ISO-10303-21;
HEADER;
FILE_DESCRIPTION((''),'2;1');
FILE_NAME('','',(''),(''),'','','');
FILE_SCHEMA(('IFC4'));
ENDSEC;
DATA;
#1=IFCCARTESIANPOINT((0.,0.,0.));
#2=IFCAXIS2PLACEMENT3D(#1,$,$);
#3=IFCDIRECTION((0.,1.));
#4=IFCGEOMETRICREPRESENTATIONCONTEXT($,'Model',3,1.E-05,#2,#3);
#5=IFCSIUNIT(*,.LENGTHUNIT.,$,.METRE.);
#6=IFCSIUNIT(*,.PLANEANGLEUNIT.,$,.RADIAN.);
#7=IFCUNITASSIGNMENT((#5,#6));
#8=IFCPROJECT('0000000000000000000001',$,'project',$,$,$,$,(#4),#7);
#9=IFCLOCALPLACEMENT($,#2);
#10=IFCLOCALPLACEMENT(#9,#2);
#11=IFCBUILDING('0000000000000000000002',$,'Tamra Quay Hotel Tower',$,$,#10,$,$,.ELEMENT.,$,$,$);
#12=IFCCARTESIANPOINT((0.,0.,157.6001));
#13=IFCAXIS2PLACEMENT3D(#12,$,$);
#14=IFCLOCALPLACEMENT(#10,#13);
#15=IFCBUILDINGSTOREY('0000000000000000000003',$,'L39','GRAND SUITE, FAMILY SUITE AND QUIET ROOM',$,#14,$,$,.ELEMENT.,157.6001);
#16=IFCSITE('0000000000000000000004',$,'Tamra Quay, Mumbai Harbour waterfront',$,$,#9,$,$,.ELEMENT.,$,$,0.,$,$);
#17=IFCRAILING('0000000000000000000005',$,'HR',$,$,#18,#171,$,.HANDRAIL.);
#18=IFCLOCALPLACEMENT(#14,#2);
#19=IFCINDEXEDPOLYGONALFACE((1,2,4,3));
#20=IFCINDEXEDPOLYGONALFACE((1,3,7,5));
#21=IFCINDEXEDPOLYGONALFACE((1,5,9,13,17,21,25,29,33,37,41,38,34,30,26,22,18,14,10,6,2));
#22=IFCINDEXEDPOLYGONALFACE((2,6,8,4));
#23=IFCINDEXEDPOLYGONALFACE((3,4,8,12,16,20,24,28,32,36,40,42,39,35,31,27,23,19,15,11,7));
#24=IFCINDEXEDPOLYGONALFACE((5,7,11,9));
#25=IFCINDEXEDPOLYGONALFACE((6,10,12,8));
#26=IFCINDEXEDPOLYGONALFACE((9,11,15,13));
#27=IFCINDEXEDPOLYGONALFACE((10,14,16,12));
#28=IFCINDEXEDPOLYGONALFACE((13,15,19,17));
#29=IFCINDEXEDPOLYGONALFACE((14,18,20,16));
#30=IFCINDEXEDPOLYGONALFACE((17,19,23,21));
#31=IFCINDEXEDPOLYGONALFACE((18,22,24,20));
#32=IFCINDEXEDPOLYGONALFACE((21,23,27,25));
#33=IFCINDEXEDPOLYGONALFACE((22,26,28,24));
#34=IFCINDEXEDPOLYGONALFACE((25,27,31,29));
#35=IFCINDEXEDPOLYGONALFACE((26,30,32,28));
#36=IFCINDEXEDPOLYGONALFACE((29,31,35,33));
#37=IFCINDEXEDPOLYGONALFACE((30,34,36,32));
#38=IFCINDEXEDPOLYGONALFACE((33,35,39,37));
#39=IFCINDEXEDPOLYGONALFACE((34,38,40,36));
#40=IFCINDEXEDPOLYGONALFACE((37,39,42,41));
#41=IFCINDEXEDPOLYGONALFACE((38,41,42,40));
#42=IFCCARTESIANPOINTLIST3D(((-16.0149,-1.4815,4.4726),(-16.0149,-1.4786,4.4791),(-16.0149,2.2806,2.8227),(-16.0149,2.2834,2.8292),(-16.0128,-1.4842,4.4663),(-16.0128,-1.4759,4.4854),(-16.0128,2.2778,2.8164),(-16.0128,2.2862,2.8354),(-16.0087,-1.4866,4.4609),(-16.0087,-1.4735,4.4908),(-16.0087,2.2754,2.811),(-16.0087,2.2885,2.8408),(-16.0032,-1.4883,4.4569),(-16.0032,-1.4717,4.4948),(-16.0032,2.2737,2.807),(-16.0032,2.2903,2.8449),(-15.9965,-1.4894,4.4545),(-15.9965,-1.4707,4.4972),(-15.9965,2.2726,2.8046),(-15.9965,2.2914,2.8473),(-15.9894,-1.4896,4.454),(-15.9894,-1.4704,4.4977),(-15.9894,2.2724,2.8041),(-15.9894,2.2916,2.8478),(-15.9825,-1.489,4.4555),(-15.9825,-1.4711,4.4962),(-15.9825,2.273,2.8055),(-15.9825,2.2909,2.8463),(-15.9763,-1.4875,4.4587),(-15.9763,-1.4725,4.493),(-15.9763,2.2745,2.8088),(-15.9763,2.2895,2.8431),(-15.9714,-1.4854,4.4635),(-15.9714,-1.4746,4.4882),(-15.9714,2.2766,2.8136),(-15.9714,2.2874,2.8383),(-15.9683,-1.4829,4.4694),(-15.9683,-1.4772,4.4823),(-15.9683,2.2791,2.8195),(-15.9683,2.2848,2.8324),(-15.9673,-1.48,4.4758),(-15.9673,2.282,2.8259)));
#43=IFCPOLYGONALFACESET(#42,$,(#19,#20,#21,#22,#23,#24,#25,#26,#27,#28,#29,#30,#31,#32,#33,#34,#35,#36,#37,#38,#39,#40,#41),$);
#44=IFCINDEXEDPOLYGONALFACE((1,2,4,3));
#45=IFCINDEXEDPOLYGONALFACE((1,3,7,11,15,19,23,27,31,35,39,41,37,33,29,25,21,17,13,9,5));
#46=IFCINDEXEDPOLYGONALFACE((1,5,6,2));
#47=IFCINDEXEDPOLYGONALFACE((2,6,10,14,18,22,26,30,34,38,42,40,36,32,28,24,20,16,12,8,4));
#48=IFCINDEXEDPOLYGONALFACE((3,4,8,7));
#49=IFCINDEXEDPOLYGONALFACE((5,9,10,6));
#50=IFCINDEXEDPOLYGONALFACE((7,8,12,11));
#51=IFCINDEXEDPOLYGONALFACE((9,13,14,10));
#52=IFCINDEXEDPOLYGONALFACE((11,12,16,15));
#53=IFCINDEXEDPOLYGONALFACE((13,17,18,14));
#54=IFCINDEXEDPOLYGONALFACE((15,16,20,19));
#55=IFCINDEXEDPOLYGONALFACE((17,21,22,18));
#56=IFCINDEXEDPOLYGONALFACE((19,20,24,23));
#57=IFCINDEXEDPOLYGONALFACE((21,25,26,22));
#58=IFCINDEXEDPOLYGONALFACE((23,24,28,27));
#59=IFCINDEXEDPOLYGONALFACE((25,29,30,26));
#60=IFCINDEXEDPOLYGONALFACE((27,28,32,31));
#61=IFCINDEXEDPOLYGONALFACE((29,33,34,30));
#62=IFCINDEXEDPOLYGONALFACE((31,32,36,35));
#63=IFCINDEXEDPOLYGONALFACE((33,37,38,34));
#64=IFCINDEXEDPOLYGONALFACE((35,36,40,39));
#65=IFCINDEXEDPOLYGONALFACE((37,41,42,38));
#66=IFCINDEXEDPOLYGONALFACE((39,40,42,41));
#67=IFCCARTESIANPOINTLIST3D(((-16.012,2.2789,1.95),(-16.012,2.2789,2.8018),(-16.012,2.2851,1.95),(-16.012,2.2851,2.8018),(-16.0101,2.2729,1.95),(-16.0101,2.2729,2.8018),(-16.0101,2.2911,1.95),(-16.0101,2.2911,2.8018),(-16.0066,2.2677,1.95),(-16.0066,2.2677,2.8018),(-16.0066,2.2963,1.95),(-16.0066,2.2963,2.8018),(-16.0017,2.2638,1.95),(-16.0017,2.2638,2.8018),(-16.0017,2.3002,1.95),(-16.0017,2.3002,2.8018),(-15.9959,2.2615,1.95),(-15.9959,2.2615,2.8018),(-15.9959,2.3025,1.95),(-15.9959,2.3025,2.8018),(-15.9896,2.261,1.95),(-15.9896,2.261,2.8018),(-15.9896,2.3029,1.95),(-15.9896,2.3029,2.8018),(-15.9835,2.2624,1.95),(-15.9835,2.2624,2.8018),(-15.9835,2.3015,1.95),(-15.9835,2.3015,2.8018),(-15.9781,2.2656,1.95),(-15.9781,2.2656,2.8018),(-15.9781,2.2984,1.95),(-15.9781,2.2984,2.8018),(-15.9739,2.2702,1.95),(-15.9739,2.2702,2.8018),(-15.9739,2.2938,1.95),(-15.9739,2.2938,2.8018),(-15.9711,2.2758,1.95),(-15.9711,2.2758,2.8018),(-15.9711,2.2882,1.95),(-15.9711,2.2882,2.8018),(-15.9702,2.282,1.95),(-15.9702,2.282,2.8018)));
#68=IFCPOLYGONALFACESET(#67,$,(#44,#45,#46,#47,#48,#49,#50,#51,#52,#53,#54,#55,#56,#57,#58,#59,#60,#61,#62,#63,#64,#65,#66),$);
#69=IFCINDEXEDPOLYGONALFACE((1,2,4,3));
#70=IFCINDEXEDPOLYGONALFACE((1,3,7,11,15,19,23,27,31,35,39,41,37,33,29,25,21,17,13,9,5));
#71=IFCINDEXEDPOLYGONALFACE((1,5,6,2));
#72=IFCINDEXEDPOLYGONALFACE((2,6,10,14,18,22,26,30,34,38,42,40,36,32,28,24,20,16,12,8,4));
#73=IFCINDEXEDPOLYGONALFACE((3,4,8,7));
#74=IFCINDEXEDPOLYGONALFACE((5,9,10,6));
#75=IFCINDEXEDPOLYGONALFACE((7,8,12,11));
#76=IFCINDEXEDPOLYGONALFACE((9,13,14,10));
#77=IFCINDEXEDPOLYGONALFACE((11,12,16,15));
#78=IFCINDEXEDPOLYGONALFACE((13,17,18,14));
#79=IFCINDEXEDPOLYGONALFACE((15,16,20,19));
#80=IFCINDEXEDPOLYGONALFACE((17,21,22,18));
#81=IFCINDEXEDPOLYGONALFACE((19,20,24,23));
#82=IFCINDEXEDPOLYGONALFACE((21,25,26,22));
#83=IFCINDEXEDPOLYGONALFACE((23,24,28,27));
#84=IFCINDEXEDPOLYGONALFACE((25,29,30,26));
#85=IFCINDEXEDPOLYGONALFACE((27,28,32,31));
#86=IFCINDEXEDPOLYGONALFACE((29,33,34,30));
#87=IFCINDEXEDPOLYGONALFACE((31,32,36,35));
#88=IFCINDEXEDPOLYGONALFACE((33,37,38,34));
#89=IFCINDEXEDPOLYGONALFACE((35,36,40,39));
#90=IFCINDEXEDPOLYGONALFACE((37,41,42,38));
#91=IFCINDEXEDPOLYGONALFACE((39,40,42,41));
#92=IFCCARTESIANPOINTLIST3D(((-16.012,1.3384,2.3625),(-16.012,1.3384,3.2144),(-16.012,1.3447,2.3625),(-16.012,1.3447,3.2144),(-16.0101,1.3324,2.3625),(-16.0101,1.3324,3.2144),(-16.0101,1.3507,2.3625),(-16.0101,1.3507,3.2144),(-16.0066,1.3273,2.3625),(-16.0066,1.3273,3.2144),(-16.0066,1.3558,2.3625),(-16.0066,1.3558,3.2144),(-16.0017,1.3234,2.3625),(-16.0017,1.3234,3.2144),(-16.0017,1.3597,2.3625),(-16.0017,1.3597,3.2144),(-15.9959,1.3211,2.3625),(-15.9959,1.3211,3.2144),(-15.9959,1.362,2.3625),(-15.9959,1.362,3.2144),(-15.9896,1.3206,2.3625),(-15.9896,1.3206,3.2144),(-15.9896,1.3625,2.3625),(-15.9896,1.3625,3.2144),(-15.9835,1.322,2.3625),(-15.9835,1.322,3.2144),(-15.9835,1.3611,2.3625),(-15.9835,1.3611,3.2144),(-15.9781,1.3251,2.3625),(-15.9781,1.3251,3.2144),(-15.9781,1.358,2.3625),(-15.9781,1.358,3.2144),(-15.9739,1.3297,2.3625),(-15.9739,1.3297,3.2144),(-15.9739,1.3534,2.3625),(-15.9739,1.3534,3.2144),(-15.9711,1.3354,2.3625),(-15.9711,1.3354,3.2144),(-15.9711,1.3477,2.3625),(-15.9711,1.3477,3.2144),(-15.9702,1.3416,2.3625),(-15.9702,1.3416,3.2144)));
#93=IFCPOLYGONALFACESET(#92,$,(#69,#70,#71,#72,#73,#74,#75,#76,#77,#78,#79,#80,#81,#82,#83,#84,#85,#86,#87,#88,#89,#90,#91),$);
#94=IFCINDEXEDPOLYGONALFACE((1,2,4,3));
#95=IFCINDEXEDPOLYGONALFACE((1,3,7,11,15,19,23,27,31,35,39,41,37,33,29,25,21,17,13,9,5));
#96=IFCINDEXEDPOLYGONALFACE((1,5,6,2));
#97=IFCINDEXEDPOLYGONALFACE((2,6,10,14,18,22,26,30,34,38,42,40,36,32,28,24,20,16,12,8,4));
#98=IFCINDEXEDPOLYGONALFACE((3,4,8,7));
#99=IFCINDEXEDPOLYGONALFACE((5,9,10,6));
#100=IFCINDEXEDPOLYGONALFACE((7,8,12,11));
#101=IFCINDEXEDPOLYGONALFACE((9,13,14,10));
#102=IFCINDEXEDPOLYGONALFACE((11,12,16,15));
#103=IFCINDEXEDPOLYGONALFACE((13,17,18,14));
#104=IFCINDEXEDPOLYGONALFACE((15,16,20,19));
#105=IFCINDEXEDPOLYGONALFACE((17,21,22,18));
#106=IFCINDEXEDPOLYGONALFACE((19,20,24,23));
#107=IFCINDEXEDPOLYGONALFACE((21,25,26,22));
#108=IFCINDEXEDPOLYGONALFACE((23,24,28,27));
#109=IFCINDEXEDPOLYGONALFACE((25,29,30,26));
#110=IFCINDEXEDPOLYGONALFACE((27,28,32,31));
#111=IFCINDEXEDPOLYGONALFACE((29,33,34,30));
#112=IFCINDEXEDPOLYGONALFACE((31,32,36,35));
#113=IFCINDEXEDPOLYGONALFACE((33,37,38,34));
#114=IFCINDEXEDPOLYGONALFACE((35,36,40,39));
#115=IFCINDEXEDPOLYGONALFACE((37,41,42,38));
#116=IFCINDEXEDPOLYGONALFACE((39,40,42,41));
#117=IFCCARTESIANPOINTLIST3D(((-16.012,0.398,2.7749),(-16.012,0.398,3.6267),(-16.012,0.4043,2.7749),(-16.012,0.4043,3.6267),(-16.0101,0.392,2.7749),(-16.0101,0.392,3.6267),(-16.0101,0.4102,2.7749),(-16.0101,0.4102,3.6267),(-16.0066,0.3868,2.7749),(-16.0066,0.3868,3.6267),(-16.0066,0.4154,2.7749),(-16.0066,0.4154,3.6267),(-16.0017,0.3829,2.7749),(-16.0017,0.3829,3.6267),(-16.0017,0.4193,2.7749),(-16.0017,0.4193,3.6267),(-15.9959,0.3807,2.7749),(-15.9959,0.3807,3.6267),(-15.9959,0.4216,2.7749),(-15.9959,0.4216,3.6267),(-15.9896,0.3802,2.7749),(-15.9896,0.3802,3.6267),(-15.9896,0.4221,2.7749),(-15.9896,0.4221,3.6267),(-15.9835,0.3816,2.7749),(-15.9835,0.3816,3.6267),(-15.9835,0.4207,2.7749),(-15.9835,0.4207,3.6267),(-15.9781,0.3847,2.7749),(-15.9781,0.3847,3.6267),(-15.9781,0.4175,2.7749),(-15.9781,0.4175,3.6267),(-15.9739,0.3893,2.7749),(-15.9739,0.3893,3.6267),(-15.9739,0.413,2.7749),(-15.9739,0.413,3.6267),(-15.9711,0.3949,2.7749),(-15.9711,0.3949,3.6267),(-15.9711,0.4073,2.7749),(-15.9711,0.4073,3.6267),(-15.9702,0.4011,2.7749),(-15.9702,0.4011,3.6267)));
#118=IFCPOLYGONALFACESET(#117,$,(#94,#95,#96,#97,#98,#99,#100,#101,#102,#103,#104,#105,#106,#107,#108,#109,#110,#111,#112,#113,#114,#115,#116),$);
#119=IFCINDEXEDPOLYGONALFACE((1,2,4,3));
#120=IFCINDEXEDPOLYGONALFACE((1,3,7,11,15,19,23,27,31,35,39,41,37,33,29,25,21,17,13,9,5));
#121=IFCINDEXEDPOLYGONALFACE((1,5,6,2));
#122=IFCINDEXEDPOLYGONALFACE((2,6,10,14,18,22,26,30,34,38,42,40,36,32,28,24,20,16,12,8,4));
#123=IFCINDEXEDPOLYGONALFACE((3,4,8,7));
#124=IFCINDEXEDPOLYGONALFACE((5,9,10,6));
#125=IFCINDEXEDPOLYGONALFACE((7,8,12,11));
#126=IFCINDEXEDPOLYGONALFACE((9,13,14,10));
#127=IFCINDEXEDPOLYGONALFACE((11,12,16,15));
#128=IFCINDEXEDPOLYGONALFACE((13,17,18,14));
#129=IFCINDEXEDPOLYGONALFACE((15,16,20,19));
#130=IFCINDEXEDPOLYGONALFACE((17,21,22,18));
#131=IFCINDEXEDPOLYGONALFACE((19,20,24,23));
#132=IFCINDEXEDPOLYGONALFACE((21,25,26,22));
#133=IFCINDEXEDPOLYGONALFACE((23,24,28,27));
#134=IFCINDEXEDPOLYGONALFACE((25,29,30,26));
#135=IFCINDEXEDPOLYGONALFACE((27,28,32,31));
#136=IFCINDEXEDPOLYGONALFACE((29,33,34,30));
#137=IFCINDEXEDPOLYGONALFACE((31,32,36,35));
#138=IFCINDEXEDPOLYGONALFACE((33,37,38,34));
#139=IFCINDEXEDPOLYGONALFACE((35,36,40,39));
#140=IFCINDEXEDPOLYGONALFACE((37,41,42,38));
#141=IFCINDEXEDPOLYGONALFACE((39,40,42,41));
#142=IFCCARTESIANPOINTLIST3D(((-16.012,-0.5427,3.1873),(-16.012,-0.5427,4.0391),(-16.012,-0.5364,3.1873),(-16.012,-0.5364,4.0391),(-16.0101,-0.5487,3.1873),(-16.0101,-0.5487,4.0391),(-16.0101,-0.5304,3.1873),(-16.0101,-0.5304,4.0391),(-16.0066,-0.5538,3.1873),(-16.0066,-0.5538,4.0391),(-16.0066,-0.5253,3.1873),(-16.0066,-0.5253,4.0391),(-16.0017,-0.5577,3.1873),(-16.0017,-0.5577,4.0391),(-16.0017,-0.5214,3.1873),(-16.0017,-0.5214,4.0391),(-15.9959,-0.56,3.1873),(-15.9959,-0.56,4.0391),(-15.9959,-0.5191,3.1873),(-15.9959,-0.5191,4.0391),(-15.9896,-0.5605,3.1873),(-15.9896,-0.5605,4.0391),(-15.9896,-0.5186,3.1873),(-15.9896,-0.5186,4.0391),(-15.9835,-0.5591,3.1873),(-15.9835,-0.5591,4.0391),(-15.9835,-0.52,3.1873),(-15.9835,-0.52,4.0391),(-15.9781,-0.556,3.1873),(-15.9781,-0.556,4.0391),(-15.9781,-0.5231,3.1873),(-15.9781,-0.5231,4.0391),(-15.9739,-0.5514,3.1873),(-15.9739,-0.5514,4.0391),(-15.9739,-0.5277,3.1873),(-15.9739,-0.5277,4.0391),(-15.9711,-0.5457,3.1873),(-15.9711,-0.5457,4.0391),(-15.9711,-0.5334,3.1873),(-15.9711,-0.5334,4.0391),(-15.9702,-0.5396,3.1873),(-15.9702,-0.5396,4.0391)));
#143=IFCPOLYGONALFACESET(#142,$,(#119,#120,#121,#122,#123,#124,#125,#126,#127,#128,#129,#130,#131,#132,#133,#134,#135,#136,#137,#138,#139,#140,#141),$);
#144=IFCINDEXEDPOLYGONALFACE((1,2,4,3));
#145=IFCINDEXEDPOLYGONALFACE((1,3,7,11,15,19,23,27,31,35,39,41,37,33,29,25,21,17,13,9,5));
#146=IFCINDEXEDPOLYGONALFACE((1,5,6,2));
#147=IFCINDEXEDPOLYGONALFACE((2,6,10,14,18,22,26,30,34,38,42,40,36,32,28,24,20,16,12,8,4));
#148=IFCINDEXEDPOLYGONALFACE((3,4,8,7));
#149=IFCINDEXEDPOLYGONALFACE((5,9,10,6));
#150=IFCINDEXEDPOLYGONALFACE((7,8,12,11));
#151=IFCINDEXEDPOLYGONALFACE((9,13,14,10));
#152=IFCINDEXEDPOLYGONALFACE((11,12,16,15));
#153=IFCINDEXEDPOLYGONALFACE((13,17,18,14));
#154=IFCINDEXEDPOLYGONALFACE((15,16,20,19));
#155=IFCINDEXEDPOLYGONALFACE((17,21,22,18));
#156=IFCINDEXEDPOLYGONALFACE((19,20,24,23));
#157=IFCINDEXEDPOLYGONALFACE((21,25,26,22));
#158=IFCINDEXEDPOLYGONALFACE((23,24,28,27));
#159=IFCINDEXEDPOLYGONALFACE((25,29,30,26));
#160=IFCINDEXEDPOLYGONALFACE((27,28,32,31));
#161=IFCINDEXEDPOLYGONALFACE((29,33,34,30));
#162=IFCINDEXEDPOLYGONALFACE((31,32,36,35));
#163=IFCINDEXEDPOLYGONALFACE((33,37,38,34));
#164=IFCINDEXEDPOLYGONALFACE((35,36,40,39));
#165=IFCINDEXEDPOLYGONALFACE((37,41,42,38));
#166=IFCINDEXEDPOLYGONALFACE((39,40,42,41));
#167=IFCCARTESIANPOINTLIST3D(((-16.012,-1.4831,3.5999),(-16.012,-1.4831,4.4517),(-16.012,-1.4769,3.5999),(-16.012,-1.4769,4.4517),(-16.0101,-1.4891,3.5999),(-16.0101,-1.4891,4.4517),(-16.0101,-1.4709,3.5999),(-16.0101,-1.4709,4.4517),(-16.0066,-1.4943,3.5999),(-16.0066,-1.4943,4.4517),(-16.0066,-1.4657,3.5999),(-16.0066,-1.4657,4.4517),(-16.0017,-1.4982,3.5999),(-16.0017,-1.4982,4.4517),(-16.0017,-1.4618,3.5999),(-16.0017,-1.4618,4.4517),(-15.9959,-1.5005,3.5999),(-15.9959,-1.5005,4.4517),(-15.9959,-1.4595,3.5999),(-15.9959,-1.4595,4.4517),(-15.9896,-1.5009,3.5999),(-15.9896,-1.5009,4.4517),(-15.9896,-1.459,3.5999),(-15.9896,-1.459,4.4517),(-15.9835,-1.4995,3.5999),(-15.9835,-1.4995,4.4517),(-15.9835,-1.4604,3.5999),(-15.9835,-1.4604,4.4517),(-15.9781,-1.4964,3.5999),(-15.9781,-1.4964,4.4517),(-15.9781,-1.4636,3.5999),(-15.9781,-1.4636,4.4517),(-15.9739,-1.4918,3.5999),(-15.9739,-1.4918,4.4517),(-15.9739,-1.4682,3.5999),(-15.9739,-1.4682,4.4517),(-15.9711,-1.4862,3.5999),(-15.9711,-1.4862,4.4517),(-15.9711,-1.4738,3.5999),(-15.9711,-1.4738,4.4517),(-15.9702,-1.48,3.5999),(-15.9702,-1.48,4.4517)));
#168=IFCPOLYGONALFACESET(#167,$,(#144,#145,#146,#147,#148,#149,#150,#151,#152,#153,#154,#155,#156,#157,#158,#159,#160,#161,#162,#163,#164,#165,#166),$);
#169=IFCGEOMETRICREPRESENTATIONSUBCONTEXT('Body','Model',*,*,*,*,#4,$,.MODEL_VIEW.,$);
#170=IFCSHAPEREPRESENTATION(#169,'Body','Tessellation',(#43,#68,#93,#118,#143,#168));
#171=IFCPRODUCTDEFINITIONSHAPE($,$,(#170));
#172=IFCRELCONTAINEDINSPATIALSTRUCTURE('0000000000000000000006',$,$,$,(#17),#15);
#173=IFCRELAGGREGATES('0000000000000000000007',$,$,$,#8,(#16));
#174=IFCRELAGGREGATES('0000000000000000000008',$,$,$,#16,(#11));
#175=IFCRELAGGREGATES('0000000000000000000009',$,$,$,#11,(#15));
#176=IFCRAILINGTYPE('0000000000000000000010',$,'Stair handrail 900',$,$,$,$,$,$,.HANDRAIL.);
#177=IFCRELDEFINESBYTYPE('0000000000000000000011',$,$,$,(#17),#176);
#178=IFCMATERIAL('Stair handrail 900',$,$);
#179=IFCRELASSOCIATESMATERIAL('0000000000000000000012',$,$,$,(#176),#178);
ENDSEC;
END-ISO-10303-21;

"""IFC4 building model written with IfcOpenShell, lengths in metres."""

from ifc_helpers import new_model, si_unit, direction, frame, origin, origin_2d, place, context, subcontext, project, spatial, circle, extrude, material, type_object, element, save


model = new_model("IFC4")

# Units and contexts
model_context = context("Model", 3, precision=1e-05, world=origin(), true_north=direction((0.0, 1.0)))
body_context = subcontext(model_context, "Body", "Model", "MODEL_VIEW")
ifc_project = project(units=[si_unit("LENGTHUNIT", "METRE"), si_unit("PLANEANGLEUNIT", "RADIAN")], contexts=[model_context])

# Site, building, storey
site_placement = place(None, origin())
site = spatial("IfcSite", under=ifc_project, at=site_placement, Name="Tamra Quay, Mumbai Harbour waterfront", CompositionType="ELEMENT", RefElevation=0.0)
building_placement = place(site_placement, origin())
building = spatial("IfcBuilding", under=site, at=building_placement, Name="Tamra Quay Hotel Tower", CompositionType="ELEMENT")
storey_placement = place(building_placement, frame((0.0, 0.0, 157.6001)))
storey = spatial("IfcBuildingStorey", under=building, at=storey_placement, Name="L39", Description="GRAND SUITE, FAMILY SUITE AND QUIET ROOM", CompositionType="ELEMENT", Elevation=157.6001)

# Railing
ifc_material_1 = material(Name="Stair handrail 900")
railing_type = type_object("IfcRailingType", Name="Stair handrail 900", PredefinedType="HANDRAIL", material=ifc_material_1)
railing_placement = place(storey_placement, frame((-15.9912, 2.282, 1.95)))
element("IfcRailing", 1, at=railing_placement, inside=storey, type_object=railing_type, Name="HR", PredefinedType="HANDRAIL", context=body_context, shape_type="SweptSolid", body=[
    extrude(circle(Radius=0.0239, at=origin_2d()), frame((0.0, 0.0, 0.876), z_axis=(0.0, -0.915795, 0.401645), x_axis=(1.0, 0.0, 0.0)), (0.0, 0.0, 1.0), 4.1079),
    extrude(circle(Radius=0.021, at=origin_2d()), origin(), (0.0, 0.0, 1.0), 0.8518),
    extrude(circle(Radius=0.021, at=origin_2d()), frame((0.0, -0.9404, 0.4126)), (0.0, 0.0, 1.0), 0.8518),
    extrude(circle(Radius=0.021, at=origin_2d()), frame((0.0, -1.8809, 0.825)), (0.0, 0.0, 1.0), 0.8518),
    extrude(circle(Radius=0.021, at=origin_2d()), frame((0.0, -2.8215, 1.2373)), (0.0, 0.0, 1.0), 0.8518),
    extrude(circle(Radius=0.021, at=origin_2d()), frame((0.0, -3.762, 1.6499)), (0.0, 0.0, 1.0), 0.8518),
])

save(model, "model.ifc")
